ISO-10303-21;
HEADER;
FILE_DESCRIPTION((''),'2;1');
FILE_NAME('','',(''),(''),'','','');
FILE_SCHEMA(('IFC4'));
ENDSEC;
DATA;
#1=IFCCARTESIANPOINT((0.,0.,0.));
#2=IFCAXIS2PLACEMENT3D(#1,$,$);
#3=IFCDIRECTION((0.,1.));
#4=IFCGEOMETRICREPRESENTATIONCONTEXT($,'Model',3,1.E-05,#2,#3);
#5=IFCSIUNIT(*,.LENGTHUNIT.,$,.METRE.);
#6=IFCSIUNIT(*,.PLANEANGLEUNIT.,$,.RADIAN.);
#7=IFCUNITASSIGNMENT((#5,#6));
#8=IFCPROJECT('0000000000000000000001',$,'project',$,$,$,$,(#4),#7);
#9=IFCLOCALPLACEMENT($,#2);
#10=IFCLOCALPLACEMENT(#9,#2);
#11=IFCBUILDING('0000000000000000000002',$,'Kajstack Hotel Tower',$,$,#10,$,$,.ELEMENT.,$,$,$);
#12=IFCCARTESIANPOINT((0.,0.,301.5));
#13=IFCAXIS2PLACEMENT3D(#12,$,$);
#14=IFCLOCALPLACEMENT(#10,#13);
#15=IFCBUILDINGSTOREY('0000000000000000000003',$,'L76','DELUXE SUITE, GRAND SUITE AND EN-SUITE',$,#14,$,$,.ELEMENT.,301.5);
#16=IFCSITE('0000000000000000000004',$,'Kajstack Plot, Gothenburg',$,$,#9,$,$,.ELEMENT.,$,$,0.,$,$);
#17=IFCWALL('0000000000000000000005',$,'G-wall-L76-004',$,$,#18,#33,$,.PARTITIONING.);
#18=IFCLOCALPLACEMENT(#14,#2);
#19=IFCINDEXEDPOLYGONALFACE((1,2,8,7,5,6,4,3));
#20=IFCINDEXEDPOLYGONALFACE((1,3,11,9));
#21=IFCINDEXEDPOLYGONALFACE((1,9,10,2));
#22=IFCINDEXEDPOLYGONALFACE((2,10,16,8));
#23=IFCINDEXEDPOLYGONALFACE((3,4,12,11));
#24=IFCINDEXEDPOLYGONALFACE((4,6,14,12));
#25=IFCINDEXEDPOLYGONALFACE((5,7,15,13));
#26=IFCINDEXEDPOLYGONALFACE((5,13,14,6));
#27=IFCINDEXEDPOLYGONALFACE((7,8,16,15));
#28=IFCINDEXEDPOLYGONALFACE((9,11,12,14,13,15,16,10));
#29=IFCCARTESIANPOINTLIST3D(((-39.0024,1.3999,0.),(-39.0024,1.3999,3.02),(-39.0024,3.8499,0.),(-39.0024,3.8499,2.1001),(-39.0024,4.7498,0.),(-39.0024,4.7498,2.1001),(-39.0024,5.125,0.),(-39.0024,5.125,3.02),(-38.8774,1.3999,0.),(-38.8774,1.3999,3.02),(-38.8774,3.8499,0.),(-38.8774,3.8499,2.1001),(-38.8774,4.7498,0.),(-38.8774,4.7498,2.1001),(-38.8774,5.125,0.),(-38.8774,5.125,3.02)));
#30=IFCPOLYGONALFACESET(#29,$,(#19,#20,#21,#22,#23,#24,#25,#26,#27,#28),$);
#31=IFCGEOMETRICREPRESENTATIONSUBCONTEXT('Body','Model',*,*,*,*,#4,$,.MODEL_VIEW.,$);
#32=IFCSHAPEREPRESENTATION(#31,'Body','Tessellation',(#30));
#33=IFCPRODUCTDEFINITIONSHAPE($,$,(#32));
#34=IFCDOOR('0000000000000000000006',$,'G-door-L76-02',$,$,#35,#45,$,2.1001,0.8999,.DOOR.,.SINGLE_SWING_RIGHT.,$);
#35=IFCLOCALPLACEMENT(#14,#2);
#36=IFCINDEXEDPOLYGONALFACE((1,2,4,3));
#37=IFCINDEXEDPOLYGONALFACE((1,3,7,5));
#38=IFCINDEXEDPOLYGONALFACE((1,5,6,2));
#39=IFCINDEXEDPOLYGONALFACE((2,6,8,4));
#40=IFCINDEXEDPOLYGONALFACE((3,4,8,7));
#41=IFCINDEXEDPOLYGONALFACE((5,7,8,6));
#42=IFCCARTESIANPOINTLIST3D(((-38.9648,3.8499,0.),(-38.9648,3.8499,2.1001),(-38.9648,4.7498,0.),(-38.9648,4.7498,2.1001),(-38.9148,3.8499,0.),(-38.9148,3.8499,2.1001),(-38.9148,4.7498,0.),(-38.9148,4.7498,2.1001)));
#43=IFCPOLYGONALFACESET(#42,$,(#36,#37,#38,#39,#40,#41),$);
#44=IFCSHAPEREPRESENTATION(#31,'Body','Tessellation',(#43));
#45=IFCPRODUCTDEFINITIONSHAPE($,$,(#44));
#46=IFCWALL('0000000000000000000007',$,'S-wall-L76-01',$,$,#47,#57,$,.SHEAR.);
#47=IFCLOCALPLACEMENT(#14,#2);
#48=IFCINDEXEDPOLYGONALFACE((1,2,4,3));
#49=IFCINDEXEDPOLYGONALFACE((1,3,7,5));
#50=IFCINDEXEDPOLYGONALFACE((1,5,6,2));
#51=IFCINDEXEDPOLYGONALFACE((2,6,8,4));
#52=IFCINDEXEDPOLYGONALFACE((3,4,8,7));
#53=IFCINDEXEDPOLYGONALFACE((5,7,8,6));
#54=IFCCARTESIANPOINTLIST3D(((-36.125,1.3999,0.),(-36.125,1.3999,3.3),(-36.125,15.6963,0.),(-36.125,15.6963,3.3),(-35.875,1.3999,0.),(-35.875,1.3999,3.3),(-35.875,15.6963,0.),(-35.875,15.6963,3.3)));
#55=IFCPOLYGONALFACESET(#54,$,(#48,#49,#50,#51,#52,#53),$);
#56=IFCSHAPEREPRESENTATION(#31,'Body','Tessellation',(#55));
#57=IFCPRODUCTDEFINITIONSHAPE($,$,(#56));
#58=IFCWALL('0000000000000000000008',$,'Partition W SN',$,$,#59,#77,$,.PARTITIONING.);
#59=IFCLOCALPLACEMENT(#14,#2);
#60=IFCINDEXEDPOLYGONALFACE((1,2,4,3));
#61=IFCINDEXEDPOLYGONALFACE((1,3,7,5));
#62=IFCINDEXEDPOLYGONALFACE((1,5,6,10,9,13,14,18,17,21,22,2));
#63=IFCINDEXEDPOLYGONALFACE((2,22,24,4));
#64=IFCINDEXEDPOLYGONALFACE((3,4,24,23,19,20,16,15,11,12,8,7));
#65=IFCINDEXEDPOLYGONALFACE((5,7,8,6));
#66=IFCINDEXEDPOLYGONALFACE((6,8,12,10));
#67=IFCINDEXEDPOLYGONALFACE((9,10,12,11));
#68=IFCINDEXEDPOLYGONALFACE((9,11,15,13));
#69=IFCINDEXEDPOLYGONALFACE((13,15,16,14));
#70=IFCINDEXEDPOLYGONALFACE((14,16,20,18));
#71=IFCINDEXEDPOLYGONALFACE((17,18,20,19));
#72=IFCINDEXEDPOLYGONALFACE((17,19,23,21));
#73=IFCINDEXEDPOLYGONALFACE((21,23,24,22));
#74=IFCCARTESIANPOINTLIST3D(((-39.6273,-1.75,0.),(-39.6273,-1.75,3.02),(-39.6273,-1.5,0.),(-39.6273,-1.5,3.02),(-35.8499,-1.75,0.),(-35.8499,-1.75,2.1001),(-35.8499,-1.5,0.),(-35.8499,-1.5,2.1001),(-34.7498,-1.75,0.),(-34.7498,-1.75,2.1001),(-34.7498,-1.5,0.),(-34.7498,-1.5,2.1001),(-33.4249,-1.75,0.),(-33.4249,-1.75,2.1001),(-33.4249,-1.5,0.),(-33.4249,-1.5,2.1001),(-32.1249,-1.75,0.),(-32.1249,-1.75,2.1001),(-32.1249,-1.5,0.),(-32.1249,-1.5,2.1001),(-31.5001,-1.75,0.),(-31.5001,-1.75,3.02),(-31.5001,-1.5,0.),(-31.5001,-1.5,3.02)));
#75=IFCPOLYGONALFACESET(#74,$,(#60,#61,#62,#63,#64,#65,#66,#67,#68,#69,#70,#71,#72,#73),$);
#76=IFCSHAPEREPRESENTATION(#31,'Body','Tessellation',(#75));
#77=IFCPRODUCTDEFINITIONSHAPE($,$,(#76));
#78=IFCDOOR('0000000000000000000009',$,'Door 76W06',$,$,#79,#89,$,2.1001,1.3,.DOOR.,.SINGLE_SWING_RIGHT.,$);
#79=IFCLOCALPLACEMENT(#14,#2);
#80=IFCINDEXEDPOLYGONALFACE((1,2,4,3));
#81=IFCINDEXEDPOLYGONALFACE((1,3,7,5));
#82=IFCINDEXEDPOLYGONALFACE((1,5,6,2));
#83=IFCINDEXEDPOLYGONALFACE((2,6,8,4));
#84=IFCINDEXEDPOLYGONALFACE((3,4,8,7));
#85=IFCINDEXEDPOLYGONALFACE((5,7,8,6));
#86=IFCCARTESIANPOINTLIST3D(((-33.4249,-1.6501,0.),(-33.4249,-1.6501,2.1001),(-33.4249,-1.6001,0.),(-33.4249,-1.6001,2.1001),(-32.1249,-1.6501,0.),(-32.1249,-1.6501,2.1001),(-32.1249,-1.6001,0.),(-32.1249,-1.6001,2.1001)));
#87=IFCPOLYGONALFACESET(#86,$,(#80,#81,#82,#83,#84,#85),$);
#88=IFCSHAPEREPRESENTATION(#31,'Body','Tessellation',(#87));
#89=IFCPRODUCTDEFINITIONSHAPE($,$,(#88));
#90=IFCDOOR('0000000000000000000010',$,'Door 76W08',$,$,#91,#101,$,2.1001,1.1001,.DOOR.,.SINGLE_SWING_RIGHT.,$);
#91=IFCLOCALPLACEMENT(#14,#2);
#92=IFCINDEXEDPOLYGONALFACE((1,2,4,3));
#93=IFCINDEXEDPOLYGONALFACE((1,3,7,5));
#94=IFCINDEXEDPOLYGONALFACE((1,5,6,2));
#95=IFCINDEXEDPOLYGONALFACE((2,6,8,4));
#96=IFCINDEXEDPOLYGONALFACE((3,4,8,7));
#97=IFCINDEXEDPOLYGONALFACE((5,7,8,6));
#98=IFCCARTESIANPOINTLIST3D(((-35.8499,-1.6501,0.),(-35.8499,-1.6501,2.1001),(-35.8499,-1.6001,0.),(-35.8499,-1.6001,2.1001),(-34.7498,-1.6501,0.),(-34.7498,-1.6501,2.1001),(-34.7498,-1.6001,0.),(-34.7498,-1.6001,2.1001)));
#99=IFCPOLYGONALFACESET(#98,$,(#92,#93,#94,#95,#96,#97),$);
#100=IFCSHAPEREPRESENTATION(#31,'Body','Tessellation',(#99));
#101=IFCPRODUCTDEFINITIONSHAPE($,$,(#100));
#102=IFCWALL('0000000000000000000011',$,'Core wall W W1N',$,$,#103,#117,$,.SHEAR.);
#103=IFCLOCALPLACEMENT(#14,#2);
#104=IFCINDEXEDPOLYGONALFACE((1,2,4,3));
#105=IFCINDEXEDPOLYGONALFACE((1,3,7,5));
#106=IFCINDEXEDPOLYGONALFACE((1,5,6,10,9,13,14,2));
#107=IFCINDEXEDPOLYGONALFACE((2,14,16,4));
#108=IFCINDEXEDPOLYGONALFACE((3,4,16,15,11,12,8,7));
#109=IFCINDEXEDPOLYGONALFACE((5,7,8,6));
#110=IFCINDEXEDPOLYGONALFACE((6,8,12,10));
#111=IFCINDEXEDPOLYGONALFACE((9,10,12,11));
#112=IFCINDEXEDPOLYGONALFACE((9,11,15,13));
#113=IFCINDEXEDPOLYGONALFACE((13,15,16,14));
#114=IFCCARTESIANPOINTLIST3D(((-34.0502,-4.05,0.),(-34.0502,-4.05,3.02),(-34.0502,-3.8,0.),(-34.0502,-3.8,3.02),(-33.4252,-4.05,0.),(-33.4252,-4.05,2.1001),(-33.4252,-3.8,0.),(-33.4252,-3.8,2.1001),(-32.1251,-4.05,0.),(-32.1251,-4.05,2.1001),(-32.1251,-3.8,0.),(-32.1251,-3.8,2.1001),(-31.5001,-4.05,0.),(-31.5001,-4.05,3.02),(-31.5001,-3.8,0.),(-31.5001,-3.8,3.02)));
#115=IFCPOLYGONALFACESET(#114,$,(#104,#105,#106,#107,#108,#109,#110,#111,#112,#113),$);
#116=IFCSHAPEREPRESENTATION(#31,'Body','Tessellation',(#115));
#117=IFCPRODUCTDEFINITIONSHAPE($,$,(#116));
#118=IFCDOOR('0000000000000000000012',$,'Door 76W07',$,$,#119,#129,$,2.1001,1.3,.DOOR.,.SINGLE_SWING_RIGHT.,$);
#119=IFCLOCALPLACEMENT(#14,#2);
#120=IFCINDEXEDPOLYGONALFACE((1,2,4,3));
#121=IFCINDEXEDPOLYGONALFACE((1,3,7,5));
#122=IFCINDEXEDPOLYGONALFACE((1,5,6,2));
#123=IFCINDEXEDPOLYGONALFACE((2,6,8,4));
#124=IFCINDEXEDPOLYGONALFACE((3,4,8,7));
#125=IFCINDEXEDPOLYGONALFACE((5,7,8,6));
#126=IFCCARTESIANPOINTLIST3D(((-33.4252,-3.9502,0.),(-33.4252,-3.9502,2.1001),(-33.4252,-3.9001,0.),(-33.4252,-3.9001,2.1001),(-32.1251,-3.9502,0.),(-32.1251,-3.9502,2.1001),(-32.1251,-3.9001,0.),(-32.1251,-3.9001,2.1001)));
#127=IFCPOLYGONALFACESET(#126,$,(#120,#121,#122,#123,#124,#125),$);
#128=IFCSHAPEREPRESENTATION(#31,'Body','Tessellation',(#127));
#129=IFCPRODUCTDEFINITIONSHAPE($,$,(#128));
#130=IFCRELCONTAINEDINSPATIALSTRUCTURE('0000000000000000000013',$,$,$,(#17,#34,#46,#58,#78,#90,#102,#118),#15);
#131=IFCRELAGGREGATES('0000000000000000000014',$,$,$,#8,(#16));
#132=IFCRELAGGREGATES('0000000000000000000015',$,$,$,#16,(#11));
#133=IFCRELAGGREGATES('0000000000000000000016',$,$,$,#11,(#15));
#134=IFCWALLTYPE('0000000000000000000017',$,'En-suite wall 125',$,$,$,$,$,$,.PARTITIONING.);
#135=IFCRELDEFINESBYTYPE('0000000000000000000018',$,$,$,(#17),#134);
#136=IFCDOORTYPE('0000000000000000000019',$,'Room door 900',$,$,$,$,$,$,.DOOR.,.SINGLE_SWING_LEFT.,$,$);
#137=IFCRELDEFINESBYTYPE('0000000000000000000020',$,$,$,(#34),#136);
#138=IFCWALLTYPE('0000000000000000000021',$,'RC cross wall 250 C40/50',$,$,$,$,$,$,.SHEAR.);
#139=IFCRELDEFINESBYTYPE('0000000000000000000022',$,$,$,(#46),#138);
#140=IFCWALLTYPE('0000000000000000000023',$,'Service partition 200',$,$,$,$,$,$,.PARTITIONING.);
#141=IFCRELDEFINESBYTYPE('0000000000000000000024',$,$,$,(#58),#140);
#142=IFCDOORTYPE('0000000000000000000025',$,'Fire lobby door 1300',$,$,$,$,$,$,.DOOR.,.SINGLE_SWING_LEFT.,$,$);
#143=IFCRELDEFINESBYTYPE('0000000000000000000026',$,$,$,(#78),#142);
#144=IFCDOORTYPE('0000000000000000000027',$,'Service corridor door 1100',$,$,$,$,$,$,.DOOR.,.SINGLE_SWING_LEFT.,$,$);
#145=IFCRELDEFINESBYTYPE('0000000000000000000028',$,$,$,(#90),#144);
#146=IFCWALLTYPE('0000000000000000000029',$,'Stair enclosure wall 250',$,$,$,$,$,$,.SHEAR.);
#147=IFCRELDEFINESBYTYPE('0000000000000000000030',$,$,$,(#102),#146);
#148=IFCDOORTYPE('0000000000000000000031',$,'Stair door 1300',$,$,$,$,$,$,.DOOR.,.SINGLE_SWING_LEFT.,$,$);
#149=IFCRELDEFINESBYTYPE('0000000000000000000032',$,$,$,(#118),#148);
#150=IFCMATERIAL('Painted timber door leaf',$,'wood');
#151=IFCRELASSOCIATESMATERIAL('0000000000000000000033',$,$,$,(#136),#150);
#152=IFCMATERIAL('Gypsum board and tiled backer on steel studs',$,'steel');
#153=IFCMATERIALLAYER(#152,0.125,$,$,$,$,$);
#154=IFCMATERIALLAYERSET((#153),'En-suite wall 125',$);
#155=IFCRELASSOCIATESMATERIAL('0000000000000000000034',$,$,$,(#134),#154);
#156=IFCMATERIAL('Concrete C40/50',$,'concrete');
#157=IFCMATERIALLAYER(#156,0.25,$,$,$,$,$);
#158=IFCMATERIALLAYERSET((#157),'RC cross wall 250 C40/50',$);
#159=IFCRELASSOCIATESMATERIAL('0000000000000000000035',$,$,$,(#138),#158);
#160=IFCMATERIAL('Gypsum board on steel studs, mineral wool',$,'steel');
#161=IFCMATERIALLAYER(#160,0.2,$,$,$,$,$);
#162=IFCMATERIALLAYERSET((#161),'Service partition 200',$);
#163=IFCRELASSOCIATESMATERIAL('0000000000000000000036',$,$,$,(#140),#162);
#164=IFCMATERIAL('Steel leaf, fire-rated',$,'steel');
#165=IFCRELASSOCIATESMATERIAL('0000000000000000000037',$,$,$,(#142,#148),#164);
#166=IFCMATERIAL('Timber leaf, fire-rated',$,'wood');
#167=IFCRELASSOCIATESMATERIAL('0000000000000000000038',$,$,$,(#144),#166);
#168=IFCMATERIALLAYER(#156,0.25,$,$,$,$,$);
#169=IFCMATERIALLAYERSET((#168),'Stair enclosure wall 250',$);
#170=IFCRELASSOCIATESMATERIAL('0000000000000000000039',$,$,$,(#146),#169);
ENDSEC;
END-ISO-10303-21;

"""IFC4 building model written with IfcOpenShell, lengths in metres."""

from ifc_helpers import new_model, si_unit, direction, frame, frame_2d, origin, place, context, subcontext, project, spatial, rectangle, extrude, material, layer, layer_set, type_object, element, fill, save


model = new_model("IFC4")

# Units and contexts
model_context = context("Model", 3, precision=1e-05, world=origin(), true_north=direction((0.0, 1.0)))
body_context = subcontext(model_context, "Body", "Model", "MODEL_VIEW")
ifc_project = project(units=[si_unit("LENGTHUNIT", "METRE"), si_unit("PLANEANGLEUNIT", "RADIAN")], contexts=[model_context])

# Site, building, storey
site_placement = place(None, origin())
site = spatial("IfcSite", under=ifc_project, at=site_placement, Name="Kajstack Plot, Gothenburg", CompositionType="ELEMENT", RefElevation=0.0)
building_placement = place(site_placement, origin())
building = spatial("IfcBuilding", under=site, at=building_placement, Name="Kajstack Hotel Tower", CompositionType="ELEMENT")
storey_placement = place(building_placement, frame((0.0, 0.0, 301.5)))
storey = spatial("IfcBuildingStorey", under=building, at=storey_placement, Name="L76", Description="DELUXE SUITE, GRAND SUITE AND EN-SUITE", CompositionType="ELEMENT", Elevation=301.5)

# Shared definitions
ifc_material_1 = material(Name="Gypsum board on steel studs, mineral wool", Category="steel")
ifc_material_2 = material(Name="Painted timber door leaf", Category="wood")
door_type_1 = type_object("IfcDoorType", Name="Room door 900", OperationType="SINGLE_SWING_LEFT", PredefinedType="DOOR", material=ifc_material_2)

# Wall, opening, door
ifc_material_3 = material(Name="Gypsum board and tiled backer on steel studs", Category="steel")
ifc_layer_1 = layer(ifc_material_3, 0.125)
ifc_layer_set_1 = layer_set([ifc_layer_1], Name="En-suite wall 125")
wall_type_1 = type_object("IfcWallType", Name="En-suite wall 125", PredefinedType="PARTITIONING", material=ifc_layer_set_1)
wall_1_placement = place(storey_placement, frame((-38.9399, 1.3999, 0.0), z_axis=(0.0, 0.0, 1.0), x_axis=(0.0, 1.0, 0.0)))
wall_1 = element("IfcWall", 1, at=wall_1_placement, inside=storey, type_object=wall_type_1, Name="G-wall-L76-004", PredefinedType="PARTITIONING", context=body_context, shape_type="SweptSolid", body=[
    extrude(rectangle(XDim=3.7251, YDim=0.125, at=frame_2d((1.8625, 0.0))), origin(), (0.0, 0.0, 1.0), 3.02),
])
opening_1_placement = place(wall_1_placement, frame((2.45, 0.0, 0.0)))
opening_1 = element("IfcOpeningElement", 2, at=opening_1_placement, cuts=wall_1, PredefinedType="OPENING", context=body_context, shape_type="SweptSolid", body=[
    extrude(rectangle(XDim=0.8999, YDim=2.1001, at=frame_2d((0.45, 1.05))), frame((0.0, 0.0725, 0.0), z_axis=(0.0, -1.0, 0.0), x_axis=(1.0, 0.0, 0.0)), (0.0, 0.0, 1.0), 0.145),
])
door_1_placement = place(opening_1_placement, origin())
door_1 = element("IfcDoor", 3, at=door_1_placement, inside=storey, type_object=door_type_1, Name="G-door-L76-02", OperationType="SINGLE_SWING_RIGHT", OverallHeight=2.1001, OverallWidth=0.8999, PredefinedType="DOOR", context=body_context, shape_type="SweptSolid", body=[
    extrude(rectangle(XDim=0.8999, YDim=2.1001, at=frame_2d((0.45, 1.05))), frame((0.0, 0.0249, 0.0), z_axis=(0.0, -1.0, 0.0), x_axis=(1.0, 0.0, 0.0)), (0.0, 0.0, 1.0), 0.05),
])
fill(opening_1, door_1)

# Wall
ifc_material_4 = material(Name="Concrete C40/50", Category="concrete")
ifc_layer_2 = layer(ifc_material_4, 0.25)
ifc_layer_set_2 = layer_set([ifc_layer_2], Name="RC cross wall 250 C40/50")
wall_type_2 = type_object("IfcWallType", Name="RC cross wall 250 C40/50", PredefinedType="SHEAR", material=ifc_layer_set_2)
wall_2_placement = place(storey_placement, frame((-36.0, 1.3999, 0.0), z_axis=(0.0, 0.0, 1.0), x_axis=(0.0, 1.0, 0.0)))
element("IfcWall", 4, at=wall_2_placement, inside=storey, type_object=wall_type_2, Name="S-wall-L76-01", PredefinedType="SHEAR", context=body_context, shape_type="SweptSolid", body=[
    extrude(rectangle(XDim=14.2964, YDim=0.25, at=frame_2d((7.1482, 0.0))), origin(), (0.0, 0.0, 1.0), 3.3),
])

# Wall, openings, doors
ifc_layer_3 = layer(ifc_material_1, 0.2)
ifc_layer_set_3 = layer_set([ifc_layer_3], Name="Service partition 200")
wall_type_3 = type_object("IfcWallType", Name="Service partition 200", PredefinedType="PARTITIONING", material=ifc_layer_set_3)
wall_3_placement = place(storey_placement, frame((-39.6272, -1.625, 0.0), z_axis=(0.0, 0.0, 1.0), x_axis=(1.0, 0.0, 0.0)))
wall_3 = element("IfcWall", 5, at=wall_3_placement, inside=storey, type_object=wall_type_3, Name="Partition W SN", PredefinedType="PARTITIONING", context=body_context, shape_type="SweptSolid", body=[
    extrude(rectangle(XDim=8.1272, YDim=0.25, at=frame_2d((4.0635, 0.0))), origin(), (0.0, 0.0, 1.0), 3.02),
])
opening_2_placement = place(wall_3_placement, frame((6.2024, 0.0, 0.0)))
opening_2 = element("IfcOpeningElement", 6, at=opening_2_placement, cuts=wall_3, PredefinedType="OPENING", context=body_context, shape_type="SweptSolid", body=[
    extrude(rectangle(XDim=1.3, YDim=2.1001, at=frame_2d((0.6499, 1.05))), frame((0.0, 0.135, 0.0), z_axis=(0.0, -1.0, 0.0), x_axis=(1.0, 0.0, 0.0)), (0.0, 0.0, 1.0), 0.27),
])
opening_3_placement = place(wall_3_placement, frame((3.7773, 0.0, 0.0)))
opening_3 = element("IfcOpeningElement", 7, at=opening_3_placement, cuts=wall_3, PredefinedType="OPENING", context=body_context, shape_type="SweptSolid", body=[
    extrude(rectangle(XDim=1.1001, YDim=2.1001, at=frame_2d((0.55, 1.05))), frame((0.0, 0.135, 0.0), z_axis=(0.0, -1.0, 0.0), x_axis=(1.0, 0.0, 0.0)), (0.0, 0.0, 1.0), 0.27),
])
ifc_material_5 = material(Name="Steel leaf, fire-rated", Category="steel")
door_type_2 = type_object("IfcDoorType", Name="Fire lobby door 1300", OperationType="SINGLE_SWING_LEFT", PredefinedType="DOOR", material=ifc_material_5)
door_2_placement = place(opening_2_placement, origin())
door_2 = element("IfcDoor", 8, at=door_2_placement, inside=storey, type_object=door_type_2, Name="Door 76W06", OperationType="SINGLE_SWING_RIGHT", OverallHeight=2.1001, OverallWidth=1.3, PredefinedType="DOOR", context=body_context, shape_type="SweptSolid", body=[
    extrude(rectangle(XDim=1.3, YDim=2.1001, at=frame_2d((0.6499, 1.05))), frame((0.0, 0.0249, 0.0), z_axis=(0.0, -1.0, 0.0), x_axis=(1.0, 0.0, 0.0)), (0.0, 0.0, 1.0), 0.05),
])
fill(opening_2, door_2)
ifc_material_6 = material(Name="Timber leaf, fire-rated", Category="wood")
door_type_3 = type_object("IfcDoorType", Name="Service corridor door 1100", OperationType="SINGLE_SWING_LEFT", PredefinedType="DOOR", material=ifc_material_6)
door_3_placement = place(opening_3_placement, origin())
door_3 = element("IfcDoor", 9, at=door_3_placement, inside=storey, type_object=door_type_3, Name="Door 76W08", OperationType="SINGLE_SWING_RIGHT", OverallHeight=2.1001, OverallWidth=1.1001, PredefinedType="DOOR", context=body_context, shape_type="SweptSolid", body=[
    extrude(rectangle(XDim=1.1001, YDim=2.1001, at=frame_2d((0.55, 1.05))), frame((0.0, 0.0249, 0.0), z_axis=(0.0, -1.0, 0.0), x_axis=(1.0, 0.0, 0.0)), (0.0, 0.0, 1.0), 0.05),
])
fill(opening_3, door_3)

# Wall, opening, door
ifc_layer_4 = layer(ifc_material_4, 0.25)
ifc_layer_set_4 = layer_set([ifc_layer_4], Name="Stair enclosure wall 250")
wall_type_4 = type_object("IfcWallType", Name="Stair enclosure wall 250", PredefinedType="SHEAR", material=ifc_layer_set_4)
wall_4_placement = place(storey_placement, frame((-34.05, -3.925, 0.0), z_axis=(0.0, 0.0, 1.0), x_axis=(1.0, 0.0, 0.0)))
wall_4 = element("IfcWall", 10, at=wall_4_placement, inside=storey, type_object=wall_type_4, Name="Core wall W W1N", PredefinedType="SHEAR", context=body_context, shape_type="SweptSolid", body=[
    extrude(rectangle(XDim=2.55, YDim=0.25, at=frame_2d((1.2749, 0.0))), origin(), (0.0, 0.0, 1.0), 3.02),
])
opening_4_placement = place(wall_4_placement, frame((0.625, 0.0, 0.0)))
opening_4 = element("IfcOpeningElement", 11, at=opening_4_placement, cuts=wall_4, PredefinedType="OPENING", context=body_context, shape_type="SweptSolid", body=[
    extrude(rectangle(XDim=1.3, YDim=2.1001, at=frame_2d((0.6499, 1.05))), frame((0.0, 0.135, 0.0), z_axis=(0.0, -1.0, 0.0), x_axis=(1.0, 0.0, 0.0)), (0.0, 0.0, 1.0), 0.27),
])
door_type_4 = type_object("IfcDoorType", Name="Stair door 1300", OperationType="SINGLE_SWING_LEFT", PredefinedType="DOOR", material=ifc_material_5)
door_4_placement = place(opening_4_placement, origin())
door_4 = element("IfcDoor", 12, at=door_4_placement, inside=storey, type_object=door_type_4, Name="Door 76W07", OperationType="SINGLE_SWING_RIGHT", OverallHeight=2.1001, OverallWidth=1.3, PredefinedType="DOOR", context=body_context, shape_type="SweptSolid", body=[
    extrude(rectangle(XDim=1.3, YDim=2.1001, at=frame_2d((0.6499, 1.05))), frame((0.0, 0.0249, 0.0), z_axis=(0.0, -1.0, 0.0), x_axis=(1.0, 0.0, 0.0)), (0.0, 0.0, 1.0), 0.05),
])
fill(opening_4, door_4)

save(model, "model.ifc")
